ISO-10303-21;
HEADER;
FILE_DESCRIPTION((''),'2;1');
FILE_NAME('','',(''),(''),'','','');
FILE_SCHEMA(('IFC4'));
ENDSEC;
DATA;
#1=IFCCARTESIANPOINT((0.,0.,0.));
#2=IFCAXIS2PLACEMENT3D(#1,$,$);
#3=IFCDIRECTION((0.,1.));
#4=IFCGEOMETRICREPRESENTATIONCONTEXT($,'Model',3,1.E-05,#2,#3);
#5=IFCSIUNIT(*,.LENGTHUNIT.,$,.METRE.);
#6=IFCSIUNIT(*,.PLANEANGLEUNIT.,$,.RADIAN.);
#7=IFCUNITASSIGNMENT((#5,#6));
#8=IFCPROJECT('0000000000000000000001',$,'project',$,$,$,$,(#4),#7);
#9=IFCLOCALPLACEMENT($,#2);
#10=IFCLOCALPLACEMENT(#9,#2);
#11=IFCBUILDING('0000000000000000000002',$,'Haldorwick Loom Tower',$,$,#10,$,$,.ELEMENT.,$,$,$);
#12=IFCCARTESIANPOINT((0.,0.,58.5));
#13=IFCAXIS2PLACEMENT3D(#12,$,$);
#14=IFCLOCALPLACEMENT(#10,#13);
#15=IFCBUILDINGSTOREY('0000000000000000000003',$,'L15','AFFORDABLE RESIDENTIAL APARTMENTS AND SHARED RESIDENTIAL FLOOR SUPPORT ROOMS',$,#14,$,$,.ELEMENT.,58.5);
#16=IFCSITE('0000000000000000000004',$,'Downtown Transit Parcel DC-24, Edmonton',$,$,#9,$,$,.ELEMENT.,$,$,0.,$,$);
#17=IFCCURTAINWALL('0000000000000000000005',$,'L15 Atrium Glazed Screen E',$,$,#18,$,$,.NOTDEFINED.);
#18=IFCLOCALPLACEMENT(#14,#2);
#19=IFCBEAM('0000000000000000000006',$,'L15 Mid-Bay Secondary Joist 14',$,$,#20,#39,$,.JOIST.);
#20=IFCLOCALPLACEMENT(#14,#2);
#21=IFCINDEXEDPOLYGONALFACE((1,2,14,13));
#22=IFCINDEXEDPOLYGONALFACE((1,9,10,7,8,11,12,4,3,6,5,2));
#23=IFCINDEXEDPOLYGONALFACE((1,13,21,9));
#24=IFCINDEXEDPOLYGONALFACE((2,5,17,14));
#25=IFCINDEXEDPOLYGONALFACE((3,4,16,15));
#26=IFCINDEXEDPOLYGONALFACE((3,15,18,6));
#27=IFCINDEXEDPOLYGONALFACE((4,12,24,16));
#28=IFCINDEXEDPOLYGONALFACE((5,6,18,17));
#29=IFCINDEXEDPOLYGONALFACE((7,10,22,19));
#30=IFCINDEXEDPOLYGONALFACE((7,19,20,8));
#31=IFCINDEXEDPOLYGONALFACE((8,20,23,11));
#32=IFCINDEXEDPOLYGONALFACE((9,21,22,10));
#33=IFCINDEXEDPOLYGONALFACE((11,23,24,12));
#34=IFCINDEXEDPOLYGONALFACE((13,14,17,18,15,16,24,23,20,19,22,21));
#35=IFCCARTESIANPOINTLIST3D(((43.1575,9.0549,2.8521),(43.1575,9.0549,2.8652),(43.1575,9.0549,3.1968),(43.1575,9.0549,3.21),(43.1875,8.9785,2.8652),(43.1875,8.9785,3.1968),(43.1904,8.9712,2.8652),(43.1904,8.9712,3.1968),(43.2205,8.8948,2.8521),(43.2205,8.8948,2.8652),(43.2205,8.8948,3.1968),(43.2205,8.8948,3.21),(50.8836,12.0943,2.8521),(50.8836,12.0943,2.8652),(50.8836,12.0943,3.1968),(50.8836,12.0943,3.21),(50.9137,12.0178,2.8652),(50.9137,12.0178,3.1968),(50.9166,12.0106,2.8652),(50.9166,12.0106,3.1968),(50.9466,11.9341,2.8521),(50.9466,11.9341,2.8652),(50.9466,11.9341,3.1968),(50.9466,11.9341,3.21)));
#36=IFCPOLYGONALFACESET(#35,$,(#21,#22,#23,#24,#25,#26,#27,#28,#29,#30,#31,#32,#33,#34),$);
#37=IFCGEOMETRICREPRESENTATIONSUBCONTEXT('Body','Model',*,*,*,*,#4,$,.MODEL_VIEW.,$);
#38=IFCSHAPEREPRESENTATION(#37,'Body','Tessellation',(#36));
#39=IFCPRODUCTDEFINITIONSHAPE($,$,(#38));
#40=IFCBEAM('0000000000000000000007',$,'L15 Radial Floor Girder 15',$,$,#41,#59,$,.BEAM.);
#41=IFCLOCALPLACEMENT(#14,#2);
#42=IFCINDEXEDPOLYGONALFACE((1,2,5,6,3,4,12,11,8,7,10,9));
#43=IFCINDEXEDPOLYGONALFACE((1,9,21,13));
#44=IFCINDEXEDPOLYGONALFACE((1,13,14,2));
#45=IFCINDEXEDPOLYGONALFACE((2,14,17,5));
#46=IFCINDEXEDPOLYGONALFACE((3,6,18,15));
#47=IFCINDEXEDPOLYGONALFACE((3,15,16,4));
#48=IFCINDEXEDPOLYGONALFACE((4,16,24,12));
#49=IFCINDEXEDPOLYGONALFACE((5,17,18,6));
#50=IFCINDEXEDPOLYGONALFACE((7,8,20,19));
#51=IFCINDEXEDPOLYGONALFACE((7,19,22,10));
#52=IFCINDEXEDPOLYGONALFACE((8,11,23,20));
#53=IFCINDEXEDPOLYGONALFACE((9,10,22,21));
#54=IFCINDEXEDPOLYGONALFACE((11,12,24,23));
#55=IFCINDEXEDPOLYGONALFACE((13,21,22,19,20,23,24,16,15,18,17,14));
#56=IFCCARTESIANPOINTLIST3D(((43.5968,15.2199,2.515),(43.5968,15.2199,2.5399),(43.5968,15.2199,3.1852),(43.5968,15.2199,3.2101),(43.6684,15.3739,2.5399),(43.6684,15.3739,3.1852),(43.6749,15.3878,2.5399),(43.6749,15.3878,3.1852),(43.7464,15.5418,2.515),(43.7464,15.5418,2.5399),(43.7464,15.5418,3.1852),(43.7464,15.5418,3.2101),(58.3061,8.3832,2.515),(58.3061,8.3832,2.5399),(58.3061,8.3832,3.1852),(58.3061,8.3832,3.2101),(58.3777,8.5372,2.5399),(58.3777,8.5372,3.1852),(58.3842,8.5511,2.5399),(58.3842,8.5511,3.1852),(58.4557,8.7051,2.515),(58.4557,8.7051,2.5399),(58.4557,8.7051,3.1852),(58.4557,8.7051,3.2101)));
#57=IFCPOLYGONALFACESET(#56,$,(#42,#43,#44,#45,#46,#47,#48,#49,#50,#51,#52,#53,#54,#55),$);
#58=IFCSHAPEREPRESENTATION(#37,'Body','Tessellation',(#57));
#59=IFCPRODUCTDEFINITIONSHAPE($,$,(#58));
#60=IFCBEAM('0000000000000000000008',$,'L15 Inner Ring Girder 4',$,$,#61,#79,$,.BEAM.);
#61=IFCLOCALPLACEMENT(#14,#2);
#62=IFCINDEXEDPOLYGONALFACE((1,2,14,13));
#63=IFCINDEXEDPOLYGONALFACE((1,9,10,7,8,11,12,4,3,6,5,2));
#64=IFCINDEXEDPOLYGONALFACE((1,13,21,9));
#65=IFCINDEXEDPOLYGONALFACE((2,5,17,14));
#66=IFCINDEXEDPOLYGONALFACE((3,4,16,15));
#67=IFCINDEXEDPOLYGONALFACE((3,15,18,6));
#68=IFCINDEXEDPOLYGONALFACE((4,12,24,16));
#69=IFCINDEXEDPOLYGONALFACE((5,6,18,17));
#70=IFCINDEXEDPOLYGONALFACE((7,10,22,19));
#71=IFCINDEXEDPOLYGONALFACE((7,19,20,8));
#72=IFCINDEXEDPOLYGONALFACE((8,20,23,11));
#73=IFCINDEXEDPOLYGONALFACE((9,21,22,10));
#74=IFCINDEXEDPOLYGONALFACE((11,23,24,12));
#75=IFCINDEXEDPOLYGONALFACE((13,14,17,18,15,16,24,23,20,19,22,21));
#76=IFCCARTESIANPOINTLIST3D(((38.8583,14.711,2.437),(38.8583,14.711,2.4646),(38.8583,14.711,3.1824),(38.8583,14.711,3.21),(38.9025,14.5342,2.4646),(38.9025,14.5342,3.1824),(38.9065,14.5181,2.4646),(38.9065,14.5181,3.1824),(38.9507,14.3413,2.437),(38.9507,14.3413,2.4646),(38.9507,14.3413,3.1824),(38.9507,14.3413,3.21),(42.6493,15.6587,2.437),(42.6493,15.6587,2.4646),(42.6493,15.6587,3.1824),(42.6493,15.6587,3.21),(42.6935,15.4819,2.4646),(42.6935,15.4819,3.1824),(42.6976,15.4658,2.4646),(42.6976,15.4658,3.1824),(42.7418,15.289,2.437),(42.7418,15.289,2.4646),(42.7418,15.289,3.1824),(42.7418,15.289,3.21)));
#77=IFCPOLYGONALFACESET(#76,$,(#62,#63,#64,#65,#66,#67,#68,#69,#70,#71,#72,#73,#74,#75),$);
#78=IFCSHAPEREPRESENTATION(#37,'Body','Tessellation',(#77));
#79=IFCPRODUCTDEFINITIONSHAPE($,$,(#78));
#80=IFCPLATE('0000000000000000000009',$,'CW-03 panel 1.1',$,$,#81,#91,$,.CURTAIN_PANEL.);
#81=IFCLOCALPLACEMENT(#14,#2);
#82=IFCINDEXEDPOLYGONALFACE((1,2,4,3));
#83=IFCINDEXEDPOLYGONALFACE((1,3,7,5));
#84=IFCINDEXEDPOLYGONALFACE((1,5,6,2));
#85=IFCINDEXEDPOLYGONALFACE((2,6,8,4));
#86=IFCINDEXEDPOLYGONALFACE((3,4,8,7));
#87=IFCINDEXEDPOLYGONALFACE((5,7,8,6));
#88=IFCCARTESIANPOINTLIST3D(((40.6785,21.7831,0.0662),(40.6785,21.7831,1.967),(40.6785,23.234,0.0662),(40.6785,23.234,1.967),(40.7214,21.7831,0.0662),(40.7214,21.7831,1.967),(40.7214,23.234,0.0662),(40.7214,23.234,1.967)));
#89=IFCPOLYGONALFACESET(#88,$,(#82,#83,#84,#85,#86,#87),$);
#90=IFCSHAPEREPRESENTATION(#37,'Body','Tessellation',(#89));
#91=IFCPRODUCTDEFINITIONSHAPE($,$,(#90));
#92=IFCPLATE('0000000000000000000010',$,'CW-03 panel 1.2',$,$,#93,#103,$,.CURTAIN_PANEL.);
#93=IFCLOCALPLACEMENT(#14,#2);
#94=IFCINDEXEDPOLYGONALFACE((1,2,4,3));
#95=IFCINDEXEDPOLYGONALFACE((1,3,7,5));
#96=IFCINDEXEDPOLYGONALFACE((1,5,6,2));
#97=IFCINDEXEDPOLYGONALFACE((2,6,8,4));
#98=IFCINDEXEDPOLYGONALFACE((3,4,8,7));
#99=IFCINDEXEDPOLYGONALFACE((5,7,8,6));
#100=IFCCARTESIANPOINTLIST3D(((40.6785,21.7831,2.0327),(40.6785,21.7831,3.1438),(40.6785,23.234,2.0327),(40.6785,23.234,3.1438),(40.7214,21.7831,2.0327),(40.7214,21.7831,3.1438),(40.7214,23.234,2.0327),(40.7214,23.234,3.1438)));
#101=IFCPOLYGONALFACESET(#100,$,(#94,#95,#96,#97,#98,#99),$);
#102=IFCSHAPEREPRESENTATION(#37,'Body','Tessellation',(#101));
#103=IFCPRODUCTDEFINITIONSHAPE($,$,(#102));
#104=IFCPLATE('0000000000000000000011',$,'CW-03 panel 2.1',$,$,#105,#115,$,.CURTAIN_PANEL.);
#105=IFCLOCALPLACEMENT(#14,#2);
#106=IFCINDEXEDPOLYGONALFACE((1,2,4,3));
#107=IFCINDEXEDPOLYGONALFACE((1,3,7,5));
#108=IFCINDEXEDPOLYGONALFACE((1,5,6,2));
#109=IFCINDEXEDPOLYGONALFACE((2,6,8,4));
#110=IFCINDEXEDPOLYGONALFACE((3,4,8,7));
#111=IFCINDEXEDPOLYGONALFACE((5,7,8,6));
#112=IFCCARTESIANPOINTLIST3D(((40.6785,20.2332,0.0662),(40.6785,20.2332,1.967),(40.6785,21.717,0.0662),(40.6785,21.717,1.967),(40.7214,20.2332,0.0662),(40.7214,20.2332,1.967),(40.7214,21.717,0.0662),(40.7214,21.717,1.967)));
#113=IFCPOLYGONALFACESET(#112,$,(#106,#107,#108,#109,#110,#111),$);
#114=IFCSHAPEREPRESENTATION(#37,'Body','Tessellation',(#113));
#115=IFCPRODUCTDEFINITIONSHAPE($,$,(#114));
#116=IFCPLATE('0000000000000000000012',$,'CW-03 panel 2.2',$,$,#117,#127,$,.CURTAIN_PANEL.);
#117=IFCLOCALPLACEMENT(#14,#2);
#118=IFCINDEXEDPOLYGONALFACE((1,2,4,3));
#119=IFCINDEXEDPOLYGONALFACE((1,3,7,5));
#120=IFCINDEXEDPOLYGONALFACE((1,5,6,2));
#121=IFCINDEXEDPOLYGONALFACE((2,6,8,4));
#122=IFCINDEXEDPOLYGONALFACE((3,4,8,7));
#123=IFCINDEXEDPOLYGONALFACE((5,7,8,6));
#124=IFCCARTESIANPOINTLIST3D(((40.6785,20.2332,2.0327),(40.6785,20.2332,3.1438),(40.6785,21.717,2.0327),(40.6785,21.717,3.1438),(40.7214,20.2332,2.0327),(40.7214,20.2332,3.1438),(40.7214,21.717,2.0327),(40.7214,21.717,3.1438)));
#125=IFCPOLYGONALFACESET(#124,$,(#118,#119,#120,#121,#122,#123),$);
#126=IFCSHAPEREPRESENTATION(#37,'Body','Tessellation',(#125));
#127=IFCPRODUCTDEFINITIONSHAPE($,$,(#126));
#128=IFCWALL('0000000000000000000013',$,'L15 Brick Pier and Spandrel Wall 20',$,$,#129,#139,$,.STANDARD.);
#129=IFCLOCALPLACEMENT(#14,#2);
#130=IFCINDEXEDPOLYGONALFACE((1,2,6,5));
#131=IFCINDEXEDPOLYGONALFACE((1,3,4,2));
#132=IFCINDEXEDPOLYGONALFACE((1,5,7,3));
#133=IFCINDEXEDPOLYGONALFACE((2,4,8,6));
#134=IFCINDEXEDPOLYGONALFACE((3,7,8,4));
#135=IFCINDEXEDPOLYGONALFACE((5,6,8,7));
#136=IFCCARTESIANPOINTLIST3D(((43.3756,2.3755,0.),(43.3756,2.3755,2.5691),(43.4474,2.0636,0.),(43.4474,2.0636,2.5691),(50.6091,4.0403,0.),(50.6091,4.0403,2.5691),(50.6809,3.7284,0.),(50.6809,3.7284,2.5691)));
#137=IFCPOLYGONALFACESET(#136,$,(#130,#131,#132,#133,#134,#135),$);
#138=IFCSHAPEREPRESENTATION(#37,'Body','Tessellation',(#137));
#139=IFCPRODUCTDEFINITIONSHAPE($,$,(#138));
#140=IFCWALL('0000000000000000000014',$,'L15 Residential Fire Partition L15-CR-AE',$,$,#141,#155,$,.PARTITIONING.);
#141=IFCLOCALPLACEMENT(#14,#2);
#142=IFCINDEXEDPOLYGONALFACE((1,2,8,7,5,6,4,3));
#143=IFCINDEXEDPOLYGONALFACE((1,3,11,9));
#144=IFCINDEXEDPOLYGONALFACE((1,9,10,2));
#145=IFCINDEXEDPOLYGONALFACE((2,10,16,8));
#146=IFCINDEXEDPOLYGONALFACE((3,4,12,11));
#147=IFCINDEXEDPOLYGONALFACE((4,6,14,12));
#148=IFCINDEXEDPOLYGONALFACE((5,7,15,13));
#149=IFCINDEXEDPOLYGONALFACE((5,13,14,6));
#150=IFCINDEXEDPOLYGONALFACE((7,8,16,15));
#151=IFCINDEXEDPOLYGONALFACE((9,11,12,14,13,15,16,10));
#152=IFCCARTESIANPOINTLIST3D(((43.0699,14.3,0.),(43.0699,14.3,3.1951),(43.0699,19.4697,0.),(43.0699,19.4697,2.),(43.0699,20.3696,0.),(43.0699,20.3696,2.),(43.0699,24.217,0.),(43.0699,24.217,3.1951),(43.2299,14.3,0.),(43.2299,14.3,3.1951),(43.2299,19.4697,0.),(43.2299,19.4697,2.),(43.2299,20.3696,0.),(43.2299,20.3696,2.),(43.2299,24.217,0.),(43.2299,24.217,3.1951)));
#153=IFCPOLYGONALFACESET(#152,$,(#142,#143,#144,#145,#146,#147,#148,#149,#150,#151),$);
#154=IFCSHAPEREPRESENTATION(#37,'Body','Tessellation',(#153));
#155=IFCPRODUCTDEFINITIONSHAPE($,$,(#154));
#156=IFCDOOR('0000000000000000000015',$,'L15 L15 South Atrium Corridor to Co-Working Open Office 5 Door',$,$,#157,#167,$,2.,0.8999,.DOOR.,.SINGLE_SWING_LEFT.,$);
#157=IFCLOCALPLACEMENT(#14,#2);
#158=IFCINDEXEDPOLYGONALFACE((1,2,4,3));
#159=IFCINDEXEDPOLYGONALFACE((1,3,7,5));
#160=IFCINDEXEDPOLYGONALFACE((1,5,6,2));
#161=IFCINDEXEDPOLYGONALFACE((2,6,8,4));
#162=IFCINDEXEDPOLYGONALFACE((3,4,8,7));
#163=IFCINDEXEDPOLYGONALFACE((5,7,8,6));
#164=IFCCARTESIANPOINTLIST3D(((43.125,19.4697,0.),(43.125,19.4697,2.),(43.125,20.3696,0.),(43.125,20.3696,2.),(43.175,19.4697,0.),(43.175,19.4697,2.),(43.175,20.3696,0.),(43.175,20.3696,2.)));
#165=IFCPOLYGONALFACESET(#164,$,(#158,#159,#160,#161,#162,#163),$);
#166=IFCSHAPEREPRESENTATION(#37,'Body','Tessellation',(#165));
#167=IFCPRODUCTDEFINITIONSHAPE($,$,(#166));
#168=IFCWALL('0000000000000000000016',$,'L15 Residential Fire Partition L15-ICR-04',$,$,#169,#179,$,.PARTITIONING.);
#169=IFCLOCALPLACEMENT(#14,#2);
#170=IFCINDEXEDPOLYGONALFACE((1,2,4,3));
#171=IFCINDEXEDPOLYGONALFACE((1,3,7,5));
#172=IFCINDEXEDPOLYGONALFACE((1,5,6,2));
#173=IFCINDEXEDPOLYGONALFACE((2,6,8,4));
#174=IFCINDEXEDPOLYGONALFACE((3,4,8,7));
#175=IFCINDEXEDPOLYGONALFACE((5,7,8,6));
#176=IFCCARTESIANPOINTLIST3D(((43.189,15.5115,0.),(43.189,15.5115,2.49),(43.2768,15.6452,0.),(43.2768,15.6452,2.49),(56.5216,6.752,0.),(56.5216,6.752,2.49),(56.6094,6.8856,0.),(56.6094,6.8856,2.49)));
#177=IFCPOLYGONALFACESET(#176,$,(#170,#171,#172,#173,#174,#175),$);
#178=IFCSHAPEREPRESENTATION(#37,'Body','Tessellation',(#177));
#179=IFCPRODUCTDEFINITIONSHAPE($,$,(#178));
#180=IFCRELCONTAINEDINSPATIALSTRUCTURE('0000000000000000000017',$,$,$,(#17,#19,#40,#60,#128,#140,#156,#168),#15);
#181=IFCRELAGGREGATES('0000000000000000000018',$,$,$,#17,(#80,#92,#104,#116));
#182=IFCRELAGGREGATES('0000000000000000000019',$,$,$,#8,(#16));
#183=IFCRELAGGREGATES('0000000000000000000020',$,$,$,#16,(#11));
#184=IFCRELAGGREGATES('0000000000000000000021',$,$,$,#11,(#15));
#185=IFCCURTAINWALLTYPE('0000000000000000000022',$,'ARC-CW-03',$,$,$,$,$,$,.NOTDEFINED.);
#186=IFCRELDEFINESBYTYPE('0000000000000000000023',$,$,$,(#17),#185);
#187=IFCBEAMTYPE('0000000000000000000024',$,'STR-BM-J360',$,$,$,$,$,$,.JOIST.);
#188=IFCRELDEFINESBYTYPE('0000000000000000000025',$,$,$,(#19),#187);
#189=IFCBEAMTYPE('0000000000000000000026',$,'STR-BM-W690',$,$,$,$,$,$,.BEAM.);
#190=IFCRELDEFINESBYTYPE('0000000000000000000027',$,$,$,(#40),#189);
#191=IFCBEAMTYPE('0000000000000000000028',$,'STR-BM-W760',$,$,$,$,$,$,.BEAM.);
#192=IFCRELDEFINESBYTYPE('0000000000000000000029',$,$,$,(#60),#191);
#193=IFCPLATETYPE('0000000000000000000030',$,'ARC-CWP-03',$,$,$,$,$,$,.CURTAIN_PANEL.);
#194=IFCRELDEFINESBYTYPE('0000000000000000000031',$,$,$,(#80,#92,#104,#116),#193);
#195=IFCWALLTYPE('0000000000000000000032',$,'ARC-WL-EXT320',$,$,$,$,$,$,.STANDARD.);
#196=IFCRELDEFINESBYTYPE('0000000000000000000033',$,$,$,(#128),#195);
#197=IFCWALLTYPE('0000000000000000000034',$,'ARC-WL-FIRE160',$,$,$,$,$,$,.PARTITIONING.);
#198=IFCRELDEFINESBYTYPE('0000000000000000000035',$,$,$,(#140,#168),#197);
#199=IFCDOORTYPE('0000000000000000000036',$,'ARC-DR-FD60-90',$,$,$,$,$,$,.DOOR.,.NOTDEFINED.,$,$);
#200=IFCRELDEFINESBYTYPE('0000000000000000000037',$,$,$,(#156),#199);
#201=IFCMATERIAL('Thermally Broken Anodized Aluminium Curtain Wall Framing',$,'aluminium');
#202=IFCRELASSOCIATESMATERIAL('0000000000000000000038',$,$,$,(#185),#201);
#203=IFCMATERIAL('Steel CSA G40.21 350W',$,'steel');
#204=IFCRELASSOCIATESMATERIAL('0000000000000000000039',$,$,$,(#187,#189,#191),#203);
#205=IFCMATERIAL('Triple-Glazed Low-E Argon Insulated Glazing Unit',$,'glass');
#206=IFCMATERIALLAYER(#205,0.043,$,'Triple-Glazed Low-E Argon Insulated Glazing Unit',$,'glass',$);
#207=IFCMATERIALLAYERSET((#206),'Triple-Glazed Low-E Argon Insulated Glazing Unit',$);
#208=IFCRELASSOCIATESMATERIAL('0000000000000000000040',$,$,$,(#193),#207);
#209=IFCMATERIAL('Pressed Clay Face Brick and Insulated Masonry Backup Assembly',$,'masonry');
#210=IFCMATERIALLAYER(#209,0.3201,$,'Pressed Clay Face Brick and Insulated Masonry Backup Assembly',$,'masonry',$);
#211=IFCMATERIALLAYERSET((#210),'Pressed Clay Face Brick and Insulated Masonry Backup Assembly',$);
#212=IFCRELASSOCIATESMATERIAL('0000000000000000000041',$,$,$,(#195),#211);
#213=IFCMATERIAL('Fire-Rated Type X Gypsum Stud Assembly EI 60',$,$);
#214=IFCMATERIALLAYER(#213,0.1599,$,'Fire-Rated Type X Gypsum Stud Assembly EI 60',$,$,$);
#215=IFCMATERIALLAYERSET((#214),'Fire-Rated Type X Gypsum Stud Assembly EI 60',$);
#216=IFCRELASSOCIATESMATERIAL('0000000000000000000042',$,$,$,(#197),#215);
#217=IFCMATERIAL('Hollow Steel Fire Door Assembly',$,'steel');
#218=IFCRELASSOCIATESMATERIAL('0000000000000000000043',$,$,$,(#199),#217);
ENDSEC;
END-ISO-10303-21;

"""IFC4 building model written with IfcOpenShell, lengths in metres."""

from ifc_helpers import new_model, si_unit, direction, frame, frame_2d, origin, origin_2d, place, context, subcontext, project, spatial, rectangle, i_section, extrude, material, layer, layer_set, material_profile, profile_set, type_object, element, fill, aggregate, save


model = new_model("IFC4")

# Units and contexts
model_context = context("Model", 3, precision=1e-05, world=origin(), true_north=direction((0.0, 1.0)))
body_context = subcontext(model_context, "Body", "Model", "MODEL_VIEW")
ifc_project = project(units=[si_unit("LENGTHUNIT", "METRE"), si_unit("PLANEANGLEUNIT", "RADIAN")], contexts=[model_context])

# Site, building, storey
site_placement = place(None, origin())
site = spatial("IfcSite", under=ifc_project, at=site_placement, Name="Downtown Transit Parcel DC-24, Edmonton", CompositionType="ELEMENT", RefElevation=0.0)
building_placement = place(site_placement, origin())
building = spatial("IfcBuilding", under=site, at=building_placement, Name="Haldorwick Loom Tower", CompositionType="ELEMENT")
storey_placement = place(building_placement, frame((0.0, 0.0, 58.5)))
storey = spatial("IfcBuildingStorey", under=building, at=storey_placement, Name="L15", Description="AFFORDABLE RESIDENTIAL APARTMENTS AND SHARED RESIDENTIAL FLOOR SUPPORT ROOMS", CompositionType="ELEMENT", Elevation=58.5)

# Curtain wall
ifc_material_1 = material(Name="Thermally Broken Anodized Aluminium Curtain Wall Framing", Category="aluminium")
curtain_wall_type = type_object("IfcCurtainWallType", Name="ARC-CW-03", PredefinedType="NOTDEFINED", material=ifc_material_1)
curtain_wall_placement = place(storey_placement, origin())
curtain_wall = element("IfcCurtainWall", 1, at=curtain_wall_placement, inside=storey, type_object=curtain_wall_type, Name="L15 Atrium Glazed Screen E", PredefinedType="NOTDEFINED")

# Beams
ifc_material_2 = material(Name="Steel CSA G40.21 350W", Category="steel")
ifc_material_profile_1 = material_profile(ifc_material_2, i_section(OverallWidth=0.1721, OverallDepth=0.3579, WebThickness=0.0078, FlangeThickness=0.0132, at=origin_2d()), Name="W360X57", Category="steel")
ifc_profile_set_1 = profile_set([ifc_material_profile_1], Name="Steel CSA G40.21 350W")
beam_type_1 = type_object("IfcBeamType", Name="STR-BM-J360", PredefinedType="JOIST", material=ifc_profile_set_1)
beam_1_placement = place(storey_placement, frame((43.189, 8.9749, 3.031), z_axis=(0.930585, 0.366076, 0.0), x_axis=(-0.366076, 0.930585, 0.0)))
element("IfcBeam", 2, at=beam_1_placement, inside=storey, type_object=beam_type_1, Name="L15 Mid-Bay Secondary Joist 14", PredefinedType="JOIST", context=body_context, shape_type="SweptSolid", body=[
    extrude(i_section(OverallWidth=0.1721, OverallDepth=0.3579, WebThickness=0.0078, FlangeThickness=0.0132, at=origin_2d()), origin(), (0.0, 0.0, 1.0), 8.3025),
])
ifc_material_profile_2 = material_profile(ifc_material_2, i_section(OverallWidth=0.355, OverallDepth=0.6951, WebThickness=0.0154, FlangeThickness=0.0249, at=origin_2d()), Name="W690X217", Category="steel")
ifc_profile_set_2 = profile_set([ifc_material_profile_2], Name="Steel CSA G40.21 350W")
beam_type_2 = type_object("IfcBeamType", Name="STR-BM-W690", PredefinedType="BEAM", material=ifc_profile_set_2)
beam_2_placement = place(storey_placement, frame((43.6716, 15.3809, 2.8625), z_axis=(0.906835, -0.421486, 0.0), x_axis=(0.421486, 0.906835, 0.0)))
element("IfcBeam", 3, at=beam_2_placement, inside=storey, type_object=beam_type_2, Name="L15 Radial Floor Girder 15", PredefinedType="BEAM", context=body_context, shape_type="SweptSolid", body=[
    extrude(i_section(OverallWidth=0.355, OverallDepth=0.6951, WebThickness=0.0154, FlangeThickness=0.0249, at=origin_2d()), origin(), (0.0, 0.0, 1.0), 16.2205),
])
ifc_material_profile_3 = material_profile(ifc_material_2, i_section(OverallWidth=0.3811, OverallDepth=0.7729, WebThickness=0.0166, FlangeThickness=0.0276, at=origin_2d()), Name="W760X257", Category="steel")
ifc_profile_set_3 = profile_set([ifc_material_profile_3], Name="Steel CSA G40.21 350W")
beam_type_3 = type_object("IfcBeamType", Name="STR-BM-W760", PredefinedType="BEAM", material=ifc_profile_set_3)
beam_3_placement = place(storey_placement, frame((42.6956, 15.4739, 2.8235), z_axis=(-0.970143, -0.242536, 0.0), x_axis=(0.242536, -0.970143, 0.0)))
element("IfcBeam", 4, at=beam_3_placement, inside=storey, type_object=beam_type_3, Name="L15 Inner Ring Girder 4", PredefinedType="BEAM", context=body_context, shape_type="SweptSolid", body=[
    extrude(i_section(OverallWidth=0.3811, OverallDepth=0.7729, WebThickness=0.0166, FlangeThickness=0.0276, at=origin_2d()), origin(), (0.0, 0.0, 1.0), 3.9077),
])

# Plates
ifc_material_3 = material(Name="Triple-Glazed Low-E Argon Insulated Glazing Unit", Category="glass")
ifc_layer_1 = layer(ifc_material_3, 0.043, Name="Triple-Glazed Low-E Argon Insulated Glazing Unit", Category="glass")
ifc_layer_set_1 = layer_set([ifc_layer_1], Name="Triple-Glazed Low-E Argon Insulated Glazing Unit")
plate_type = type_object("IfcPlateType", Name="ARC-CWP-03", PredefinedType="CURTAIN_PANEL", material=ifc_layer_set_1)
plate_1_placement = place(storey_placement, frame((40.7, 22.5085, 0.0662), z_axis=(0.0, 0.0, 1.0), x_axis=(0.0, -1.0, 0.0)))
plate_1 = element("IfcPlate", 5, at=plate_1_placement, type_object=plate_type, Name="CW-03 panel 1.1", PredefinedType="CURTAIN_PANEL", context=body_context, shape_type="SweptSolid", body=[
    extrude(rectangle(XDim=1.4509, YDim=0.043, at=origin_2d()), origin(), (0.0, 0.0, 1.0), 1.9009),
])
plate_2_placement = place(storey_placement, frame((40.7, 22.5085, 2.0327), z_axis=(0.0, 0.0, 1.0), x_axis=(0.0, -1.0, 0.0)))
plate_2 = element("IfcPlate", 6, at=plate_2_placement, type_object=plate_type, Name="CW-03 panel 1.2", PredefinedType="CURTAIN_PANEL", context=body_context, shape_type="SweptSolid", body=[
    extrude(rectangle(XDim=1.4509, YDim=0.043, at=origin_2d()), origin(), (0.0, 0.0, 1.0), 1.1111),
])
plate_3_placement = place(storey_placement, frame((40.7, 20.9751, 0.0662), z_axis=(0.0, 0.0, 1.0), x_axis=(0.0, -1.0, 0.0)))
plate_3 = element("IfcPlate", 7, at=plate_3_placement, type_object=plate_type, Name="CW-03 panel 2.1", PredefinedType="CURTAIN_PANEL", context=body_context, shape_type="SweptSolid", body=[
    extrude(rectangle(XDim=1.4839, YDim=0.043, at=origin_2d()), origin(), (0.0, 0.0, 1.0), 1.9009),
])
plate_4_placement = place(storey_placement, frame((40.7, 20.9751, 2.0327), z_axis=(0.0, 0.0, 1.0), x_axis=(0.0, -1.0, 0.0)))
plate_4 = element("IfcPlate", 8, at=plate_4_placement, type_object=plate_type, Name="CW-03 panel 2.2", PredefinedType="CURTAIN_PANEL", context=body_context, shape_type="SweptSolid", body=[
    extrude(rectangle(XDim=1.4839, YDim=0.043, at=origin_2d()), origin(), (0.0, 0.0, 1.0), 1.1111),
])
aggregate(curtain_wall, [plate_1, plate_2, plate_3, plate_4])

# Wall
ifc_material_4 = material(Name="Pressed Clay Face Brick and Insulated Masonry Backup Assembly", Category="masonry")
ifc_layer_2 = layer(ifc_material_4, 0.3201, Name="Pressed Clay Face Brick and Insulated Masonry Backup Assembly", Category="masonry")
ifc_layer_set_2 = layer_set([ifc_layer_2], Name="Pressed Clay Face Brick and Insulated Masonry Backup Assembly")
wall_type_1 = type_object("IfcWallType", Name="ARC-WL-EXT320", PredefinedType="STANDARD", material=ifc_layer_set_2)
wall_1_placement = place(storey_placement, frame((43.4114, 2.2195, 0.0), z_axis=(0.0, 0.0, 1.0), x_axis=(0.974522, 0.22429, 0.0)))
element("IfcWall", 9, at=wall_1_placement, inside=storey, type_object=wall_type_1, Name="L15 Brick Pier and Spandrel Wall 20", PredefinedType="STANDARD", context=body_context, shape_type="SweptSolid", body=[
    extrude(rectangle(XDim=7.4226, YDim=0.3201, at=frame_2d((3.7114, 0.0))), origin(), (0.0, 0.0, 1.0), 2.5691),
])

# Wall, opening, door
ifc_material_5 = material(Name="Fire-Rated Type X Gypsum Stud Assembly EI 60")
ifc_layer_3 = layer(ifc_material_5, 0.1599, Name="Fire-Rated Type X Gypsum Stud Assembly EI 60")
ifc_layer_set_3 = layer_set([ifc_layer_3], Name="Fire-Rated Type X Gypsum Stud Assembly EI 60")
wall_type_2 = type_object("IfcWallType", Name="ARC-WL-FIRE160", PredefinedType="PARTITIONING", material=ifc_layer_set_3)
wall_2_placement = place(storey_placement, frame((43.1499, 14.3, 0.0), z_axis=(0.0, 0.0, 1.0), x_axis=(0.0, 1.0, 0.0)))
wall_2 = element("IfcWall", 10, at=wall_2_placement, inside=storey, type_object=wall_type_2, Name="L15 Residential Fire Partition L15-CR-AE", PredefinedType="PARTITIONING", context=body_context, shape_type="SweptSolid", body=[
    extrude(rectangle(XDim=9.917, YDim=0.1599, at=frame_2d((4.9585, 0.0))), origin(), (0.0, 0.0, 1.0), 3.1951),
])
opening_placement = place(wall_2_placement, frame((5.1697, 0.0, 0.0)))
opening = element("IfcOpeningElement", 11, at=opening_placement, cuts=wall_2, PredefinedType="OPENING", context=body_context, shape_type="SweptSolid", body=[
    extrude(rectangle(XDim=0.8999, YDim=2.0, at=frame_2d((0.45, 1.0))), frame((0.0, 0.0898, 0.0), z_axis=(0.0, -1.0, 0.0), x_axis=(1.0, 0.0, 0.0)), (0.0, 0.0, 1.0), 0.1799),
])
ifc_material_6 = material(Name="Hollow Steel Fire Door Assembly", Category="steel")
door_type = type_object("IfcDoorType", Name="ARC-DR-FD60-90", OperationType="NOTDEFINED", PredefinedType="DOOR", material=ifc_material_6)
door_placement = place(opening_placement, origin())
door = element("IfcDoor", 12, at=door_placement, inside=storey, type_object=door_type, Name="L15 L15 South Atrium Corridor to Co-Working Open Office 5 Door", OperationType="SINGLE_SWING_LEFT", OverallHeight=2.0, OverallWidth=0.8999, PredefinedType="DOOR", context=body_context, shape_type="SweptSolid", body=[
    extrude(rectangle(XDim=0.8999, YDim=2.0, at=frame_2d((0.45, 1.0))), frame((0.0, 0.0249, 0.0), z_axis=(0.0, -1.0, 0.0), x_axis=(1.0, 0.0, 0.0)), (0.0, 0.0, 1.0), 0.05),
])
fill(opening, door)

# Wall
wall_3_placement = place(storey_placement, frame((43.2329, 15.5784, 0.0), z_axis=(0.0, 0.0, 1.0), x_axis=(0.835759, -0.549097, 0.0)))
element("IfcWall", 13, at=wall_3_placement, inside=storey, type_object=wall_type_2, Name="L15 Residential Fire Partition L15-ICR-04", PredefinedType="PARTITIONING", context=body_context, shape_type="SweptSolid", body=[
    extrude(rectangle(XDim=15.9526, YDim=0.1599, at=frame_2d((7.9763, 0.0))), origin(), (0.0, 0.0, 1.0), 2.49),
])

save(model, "model.ifc")
